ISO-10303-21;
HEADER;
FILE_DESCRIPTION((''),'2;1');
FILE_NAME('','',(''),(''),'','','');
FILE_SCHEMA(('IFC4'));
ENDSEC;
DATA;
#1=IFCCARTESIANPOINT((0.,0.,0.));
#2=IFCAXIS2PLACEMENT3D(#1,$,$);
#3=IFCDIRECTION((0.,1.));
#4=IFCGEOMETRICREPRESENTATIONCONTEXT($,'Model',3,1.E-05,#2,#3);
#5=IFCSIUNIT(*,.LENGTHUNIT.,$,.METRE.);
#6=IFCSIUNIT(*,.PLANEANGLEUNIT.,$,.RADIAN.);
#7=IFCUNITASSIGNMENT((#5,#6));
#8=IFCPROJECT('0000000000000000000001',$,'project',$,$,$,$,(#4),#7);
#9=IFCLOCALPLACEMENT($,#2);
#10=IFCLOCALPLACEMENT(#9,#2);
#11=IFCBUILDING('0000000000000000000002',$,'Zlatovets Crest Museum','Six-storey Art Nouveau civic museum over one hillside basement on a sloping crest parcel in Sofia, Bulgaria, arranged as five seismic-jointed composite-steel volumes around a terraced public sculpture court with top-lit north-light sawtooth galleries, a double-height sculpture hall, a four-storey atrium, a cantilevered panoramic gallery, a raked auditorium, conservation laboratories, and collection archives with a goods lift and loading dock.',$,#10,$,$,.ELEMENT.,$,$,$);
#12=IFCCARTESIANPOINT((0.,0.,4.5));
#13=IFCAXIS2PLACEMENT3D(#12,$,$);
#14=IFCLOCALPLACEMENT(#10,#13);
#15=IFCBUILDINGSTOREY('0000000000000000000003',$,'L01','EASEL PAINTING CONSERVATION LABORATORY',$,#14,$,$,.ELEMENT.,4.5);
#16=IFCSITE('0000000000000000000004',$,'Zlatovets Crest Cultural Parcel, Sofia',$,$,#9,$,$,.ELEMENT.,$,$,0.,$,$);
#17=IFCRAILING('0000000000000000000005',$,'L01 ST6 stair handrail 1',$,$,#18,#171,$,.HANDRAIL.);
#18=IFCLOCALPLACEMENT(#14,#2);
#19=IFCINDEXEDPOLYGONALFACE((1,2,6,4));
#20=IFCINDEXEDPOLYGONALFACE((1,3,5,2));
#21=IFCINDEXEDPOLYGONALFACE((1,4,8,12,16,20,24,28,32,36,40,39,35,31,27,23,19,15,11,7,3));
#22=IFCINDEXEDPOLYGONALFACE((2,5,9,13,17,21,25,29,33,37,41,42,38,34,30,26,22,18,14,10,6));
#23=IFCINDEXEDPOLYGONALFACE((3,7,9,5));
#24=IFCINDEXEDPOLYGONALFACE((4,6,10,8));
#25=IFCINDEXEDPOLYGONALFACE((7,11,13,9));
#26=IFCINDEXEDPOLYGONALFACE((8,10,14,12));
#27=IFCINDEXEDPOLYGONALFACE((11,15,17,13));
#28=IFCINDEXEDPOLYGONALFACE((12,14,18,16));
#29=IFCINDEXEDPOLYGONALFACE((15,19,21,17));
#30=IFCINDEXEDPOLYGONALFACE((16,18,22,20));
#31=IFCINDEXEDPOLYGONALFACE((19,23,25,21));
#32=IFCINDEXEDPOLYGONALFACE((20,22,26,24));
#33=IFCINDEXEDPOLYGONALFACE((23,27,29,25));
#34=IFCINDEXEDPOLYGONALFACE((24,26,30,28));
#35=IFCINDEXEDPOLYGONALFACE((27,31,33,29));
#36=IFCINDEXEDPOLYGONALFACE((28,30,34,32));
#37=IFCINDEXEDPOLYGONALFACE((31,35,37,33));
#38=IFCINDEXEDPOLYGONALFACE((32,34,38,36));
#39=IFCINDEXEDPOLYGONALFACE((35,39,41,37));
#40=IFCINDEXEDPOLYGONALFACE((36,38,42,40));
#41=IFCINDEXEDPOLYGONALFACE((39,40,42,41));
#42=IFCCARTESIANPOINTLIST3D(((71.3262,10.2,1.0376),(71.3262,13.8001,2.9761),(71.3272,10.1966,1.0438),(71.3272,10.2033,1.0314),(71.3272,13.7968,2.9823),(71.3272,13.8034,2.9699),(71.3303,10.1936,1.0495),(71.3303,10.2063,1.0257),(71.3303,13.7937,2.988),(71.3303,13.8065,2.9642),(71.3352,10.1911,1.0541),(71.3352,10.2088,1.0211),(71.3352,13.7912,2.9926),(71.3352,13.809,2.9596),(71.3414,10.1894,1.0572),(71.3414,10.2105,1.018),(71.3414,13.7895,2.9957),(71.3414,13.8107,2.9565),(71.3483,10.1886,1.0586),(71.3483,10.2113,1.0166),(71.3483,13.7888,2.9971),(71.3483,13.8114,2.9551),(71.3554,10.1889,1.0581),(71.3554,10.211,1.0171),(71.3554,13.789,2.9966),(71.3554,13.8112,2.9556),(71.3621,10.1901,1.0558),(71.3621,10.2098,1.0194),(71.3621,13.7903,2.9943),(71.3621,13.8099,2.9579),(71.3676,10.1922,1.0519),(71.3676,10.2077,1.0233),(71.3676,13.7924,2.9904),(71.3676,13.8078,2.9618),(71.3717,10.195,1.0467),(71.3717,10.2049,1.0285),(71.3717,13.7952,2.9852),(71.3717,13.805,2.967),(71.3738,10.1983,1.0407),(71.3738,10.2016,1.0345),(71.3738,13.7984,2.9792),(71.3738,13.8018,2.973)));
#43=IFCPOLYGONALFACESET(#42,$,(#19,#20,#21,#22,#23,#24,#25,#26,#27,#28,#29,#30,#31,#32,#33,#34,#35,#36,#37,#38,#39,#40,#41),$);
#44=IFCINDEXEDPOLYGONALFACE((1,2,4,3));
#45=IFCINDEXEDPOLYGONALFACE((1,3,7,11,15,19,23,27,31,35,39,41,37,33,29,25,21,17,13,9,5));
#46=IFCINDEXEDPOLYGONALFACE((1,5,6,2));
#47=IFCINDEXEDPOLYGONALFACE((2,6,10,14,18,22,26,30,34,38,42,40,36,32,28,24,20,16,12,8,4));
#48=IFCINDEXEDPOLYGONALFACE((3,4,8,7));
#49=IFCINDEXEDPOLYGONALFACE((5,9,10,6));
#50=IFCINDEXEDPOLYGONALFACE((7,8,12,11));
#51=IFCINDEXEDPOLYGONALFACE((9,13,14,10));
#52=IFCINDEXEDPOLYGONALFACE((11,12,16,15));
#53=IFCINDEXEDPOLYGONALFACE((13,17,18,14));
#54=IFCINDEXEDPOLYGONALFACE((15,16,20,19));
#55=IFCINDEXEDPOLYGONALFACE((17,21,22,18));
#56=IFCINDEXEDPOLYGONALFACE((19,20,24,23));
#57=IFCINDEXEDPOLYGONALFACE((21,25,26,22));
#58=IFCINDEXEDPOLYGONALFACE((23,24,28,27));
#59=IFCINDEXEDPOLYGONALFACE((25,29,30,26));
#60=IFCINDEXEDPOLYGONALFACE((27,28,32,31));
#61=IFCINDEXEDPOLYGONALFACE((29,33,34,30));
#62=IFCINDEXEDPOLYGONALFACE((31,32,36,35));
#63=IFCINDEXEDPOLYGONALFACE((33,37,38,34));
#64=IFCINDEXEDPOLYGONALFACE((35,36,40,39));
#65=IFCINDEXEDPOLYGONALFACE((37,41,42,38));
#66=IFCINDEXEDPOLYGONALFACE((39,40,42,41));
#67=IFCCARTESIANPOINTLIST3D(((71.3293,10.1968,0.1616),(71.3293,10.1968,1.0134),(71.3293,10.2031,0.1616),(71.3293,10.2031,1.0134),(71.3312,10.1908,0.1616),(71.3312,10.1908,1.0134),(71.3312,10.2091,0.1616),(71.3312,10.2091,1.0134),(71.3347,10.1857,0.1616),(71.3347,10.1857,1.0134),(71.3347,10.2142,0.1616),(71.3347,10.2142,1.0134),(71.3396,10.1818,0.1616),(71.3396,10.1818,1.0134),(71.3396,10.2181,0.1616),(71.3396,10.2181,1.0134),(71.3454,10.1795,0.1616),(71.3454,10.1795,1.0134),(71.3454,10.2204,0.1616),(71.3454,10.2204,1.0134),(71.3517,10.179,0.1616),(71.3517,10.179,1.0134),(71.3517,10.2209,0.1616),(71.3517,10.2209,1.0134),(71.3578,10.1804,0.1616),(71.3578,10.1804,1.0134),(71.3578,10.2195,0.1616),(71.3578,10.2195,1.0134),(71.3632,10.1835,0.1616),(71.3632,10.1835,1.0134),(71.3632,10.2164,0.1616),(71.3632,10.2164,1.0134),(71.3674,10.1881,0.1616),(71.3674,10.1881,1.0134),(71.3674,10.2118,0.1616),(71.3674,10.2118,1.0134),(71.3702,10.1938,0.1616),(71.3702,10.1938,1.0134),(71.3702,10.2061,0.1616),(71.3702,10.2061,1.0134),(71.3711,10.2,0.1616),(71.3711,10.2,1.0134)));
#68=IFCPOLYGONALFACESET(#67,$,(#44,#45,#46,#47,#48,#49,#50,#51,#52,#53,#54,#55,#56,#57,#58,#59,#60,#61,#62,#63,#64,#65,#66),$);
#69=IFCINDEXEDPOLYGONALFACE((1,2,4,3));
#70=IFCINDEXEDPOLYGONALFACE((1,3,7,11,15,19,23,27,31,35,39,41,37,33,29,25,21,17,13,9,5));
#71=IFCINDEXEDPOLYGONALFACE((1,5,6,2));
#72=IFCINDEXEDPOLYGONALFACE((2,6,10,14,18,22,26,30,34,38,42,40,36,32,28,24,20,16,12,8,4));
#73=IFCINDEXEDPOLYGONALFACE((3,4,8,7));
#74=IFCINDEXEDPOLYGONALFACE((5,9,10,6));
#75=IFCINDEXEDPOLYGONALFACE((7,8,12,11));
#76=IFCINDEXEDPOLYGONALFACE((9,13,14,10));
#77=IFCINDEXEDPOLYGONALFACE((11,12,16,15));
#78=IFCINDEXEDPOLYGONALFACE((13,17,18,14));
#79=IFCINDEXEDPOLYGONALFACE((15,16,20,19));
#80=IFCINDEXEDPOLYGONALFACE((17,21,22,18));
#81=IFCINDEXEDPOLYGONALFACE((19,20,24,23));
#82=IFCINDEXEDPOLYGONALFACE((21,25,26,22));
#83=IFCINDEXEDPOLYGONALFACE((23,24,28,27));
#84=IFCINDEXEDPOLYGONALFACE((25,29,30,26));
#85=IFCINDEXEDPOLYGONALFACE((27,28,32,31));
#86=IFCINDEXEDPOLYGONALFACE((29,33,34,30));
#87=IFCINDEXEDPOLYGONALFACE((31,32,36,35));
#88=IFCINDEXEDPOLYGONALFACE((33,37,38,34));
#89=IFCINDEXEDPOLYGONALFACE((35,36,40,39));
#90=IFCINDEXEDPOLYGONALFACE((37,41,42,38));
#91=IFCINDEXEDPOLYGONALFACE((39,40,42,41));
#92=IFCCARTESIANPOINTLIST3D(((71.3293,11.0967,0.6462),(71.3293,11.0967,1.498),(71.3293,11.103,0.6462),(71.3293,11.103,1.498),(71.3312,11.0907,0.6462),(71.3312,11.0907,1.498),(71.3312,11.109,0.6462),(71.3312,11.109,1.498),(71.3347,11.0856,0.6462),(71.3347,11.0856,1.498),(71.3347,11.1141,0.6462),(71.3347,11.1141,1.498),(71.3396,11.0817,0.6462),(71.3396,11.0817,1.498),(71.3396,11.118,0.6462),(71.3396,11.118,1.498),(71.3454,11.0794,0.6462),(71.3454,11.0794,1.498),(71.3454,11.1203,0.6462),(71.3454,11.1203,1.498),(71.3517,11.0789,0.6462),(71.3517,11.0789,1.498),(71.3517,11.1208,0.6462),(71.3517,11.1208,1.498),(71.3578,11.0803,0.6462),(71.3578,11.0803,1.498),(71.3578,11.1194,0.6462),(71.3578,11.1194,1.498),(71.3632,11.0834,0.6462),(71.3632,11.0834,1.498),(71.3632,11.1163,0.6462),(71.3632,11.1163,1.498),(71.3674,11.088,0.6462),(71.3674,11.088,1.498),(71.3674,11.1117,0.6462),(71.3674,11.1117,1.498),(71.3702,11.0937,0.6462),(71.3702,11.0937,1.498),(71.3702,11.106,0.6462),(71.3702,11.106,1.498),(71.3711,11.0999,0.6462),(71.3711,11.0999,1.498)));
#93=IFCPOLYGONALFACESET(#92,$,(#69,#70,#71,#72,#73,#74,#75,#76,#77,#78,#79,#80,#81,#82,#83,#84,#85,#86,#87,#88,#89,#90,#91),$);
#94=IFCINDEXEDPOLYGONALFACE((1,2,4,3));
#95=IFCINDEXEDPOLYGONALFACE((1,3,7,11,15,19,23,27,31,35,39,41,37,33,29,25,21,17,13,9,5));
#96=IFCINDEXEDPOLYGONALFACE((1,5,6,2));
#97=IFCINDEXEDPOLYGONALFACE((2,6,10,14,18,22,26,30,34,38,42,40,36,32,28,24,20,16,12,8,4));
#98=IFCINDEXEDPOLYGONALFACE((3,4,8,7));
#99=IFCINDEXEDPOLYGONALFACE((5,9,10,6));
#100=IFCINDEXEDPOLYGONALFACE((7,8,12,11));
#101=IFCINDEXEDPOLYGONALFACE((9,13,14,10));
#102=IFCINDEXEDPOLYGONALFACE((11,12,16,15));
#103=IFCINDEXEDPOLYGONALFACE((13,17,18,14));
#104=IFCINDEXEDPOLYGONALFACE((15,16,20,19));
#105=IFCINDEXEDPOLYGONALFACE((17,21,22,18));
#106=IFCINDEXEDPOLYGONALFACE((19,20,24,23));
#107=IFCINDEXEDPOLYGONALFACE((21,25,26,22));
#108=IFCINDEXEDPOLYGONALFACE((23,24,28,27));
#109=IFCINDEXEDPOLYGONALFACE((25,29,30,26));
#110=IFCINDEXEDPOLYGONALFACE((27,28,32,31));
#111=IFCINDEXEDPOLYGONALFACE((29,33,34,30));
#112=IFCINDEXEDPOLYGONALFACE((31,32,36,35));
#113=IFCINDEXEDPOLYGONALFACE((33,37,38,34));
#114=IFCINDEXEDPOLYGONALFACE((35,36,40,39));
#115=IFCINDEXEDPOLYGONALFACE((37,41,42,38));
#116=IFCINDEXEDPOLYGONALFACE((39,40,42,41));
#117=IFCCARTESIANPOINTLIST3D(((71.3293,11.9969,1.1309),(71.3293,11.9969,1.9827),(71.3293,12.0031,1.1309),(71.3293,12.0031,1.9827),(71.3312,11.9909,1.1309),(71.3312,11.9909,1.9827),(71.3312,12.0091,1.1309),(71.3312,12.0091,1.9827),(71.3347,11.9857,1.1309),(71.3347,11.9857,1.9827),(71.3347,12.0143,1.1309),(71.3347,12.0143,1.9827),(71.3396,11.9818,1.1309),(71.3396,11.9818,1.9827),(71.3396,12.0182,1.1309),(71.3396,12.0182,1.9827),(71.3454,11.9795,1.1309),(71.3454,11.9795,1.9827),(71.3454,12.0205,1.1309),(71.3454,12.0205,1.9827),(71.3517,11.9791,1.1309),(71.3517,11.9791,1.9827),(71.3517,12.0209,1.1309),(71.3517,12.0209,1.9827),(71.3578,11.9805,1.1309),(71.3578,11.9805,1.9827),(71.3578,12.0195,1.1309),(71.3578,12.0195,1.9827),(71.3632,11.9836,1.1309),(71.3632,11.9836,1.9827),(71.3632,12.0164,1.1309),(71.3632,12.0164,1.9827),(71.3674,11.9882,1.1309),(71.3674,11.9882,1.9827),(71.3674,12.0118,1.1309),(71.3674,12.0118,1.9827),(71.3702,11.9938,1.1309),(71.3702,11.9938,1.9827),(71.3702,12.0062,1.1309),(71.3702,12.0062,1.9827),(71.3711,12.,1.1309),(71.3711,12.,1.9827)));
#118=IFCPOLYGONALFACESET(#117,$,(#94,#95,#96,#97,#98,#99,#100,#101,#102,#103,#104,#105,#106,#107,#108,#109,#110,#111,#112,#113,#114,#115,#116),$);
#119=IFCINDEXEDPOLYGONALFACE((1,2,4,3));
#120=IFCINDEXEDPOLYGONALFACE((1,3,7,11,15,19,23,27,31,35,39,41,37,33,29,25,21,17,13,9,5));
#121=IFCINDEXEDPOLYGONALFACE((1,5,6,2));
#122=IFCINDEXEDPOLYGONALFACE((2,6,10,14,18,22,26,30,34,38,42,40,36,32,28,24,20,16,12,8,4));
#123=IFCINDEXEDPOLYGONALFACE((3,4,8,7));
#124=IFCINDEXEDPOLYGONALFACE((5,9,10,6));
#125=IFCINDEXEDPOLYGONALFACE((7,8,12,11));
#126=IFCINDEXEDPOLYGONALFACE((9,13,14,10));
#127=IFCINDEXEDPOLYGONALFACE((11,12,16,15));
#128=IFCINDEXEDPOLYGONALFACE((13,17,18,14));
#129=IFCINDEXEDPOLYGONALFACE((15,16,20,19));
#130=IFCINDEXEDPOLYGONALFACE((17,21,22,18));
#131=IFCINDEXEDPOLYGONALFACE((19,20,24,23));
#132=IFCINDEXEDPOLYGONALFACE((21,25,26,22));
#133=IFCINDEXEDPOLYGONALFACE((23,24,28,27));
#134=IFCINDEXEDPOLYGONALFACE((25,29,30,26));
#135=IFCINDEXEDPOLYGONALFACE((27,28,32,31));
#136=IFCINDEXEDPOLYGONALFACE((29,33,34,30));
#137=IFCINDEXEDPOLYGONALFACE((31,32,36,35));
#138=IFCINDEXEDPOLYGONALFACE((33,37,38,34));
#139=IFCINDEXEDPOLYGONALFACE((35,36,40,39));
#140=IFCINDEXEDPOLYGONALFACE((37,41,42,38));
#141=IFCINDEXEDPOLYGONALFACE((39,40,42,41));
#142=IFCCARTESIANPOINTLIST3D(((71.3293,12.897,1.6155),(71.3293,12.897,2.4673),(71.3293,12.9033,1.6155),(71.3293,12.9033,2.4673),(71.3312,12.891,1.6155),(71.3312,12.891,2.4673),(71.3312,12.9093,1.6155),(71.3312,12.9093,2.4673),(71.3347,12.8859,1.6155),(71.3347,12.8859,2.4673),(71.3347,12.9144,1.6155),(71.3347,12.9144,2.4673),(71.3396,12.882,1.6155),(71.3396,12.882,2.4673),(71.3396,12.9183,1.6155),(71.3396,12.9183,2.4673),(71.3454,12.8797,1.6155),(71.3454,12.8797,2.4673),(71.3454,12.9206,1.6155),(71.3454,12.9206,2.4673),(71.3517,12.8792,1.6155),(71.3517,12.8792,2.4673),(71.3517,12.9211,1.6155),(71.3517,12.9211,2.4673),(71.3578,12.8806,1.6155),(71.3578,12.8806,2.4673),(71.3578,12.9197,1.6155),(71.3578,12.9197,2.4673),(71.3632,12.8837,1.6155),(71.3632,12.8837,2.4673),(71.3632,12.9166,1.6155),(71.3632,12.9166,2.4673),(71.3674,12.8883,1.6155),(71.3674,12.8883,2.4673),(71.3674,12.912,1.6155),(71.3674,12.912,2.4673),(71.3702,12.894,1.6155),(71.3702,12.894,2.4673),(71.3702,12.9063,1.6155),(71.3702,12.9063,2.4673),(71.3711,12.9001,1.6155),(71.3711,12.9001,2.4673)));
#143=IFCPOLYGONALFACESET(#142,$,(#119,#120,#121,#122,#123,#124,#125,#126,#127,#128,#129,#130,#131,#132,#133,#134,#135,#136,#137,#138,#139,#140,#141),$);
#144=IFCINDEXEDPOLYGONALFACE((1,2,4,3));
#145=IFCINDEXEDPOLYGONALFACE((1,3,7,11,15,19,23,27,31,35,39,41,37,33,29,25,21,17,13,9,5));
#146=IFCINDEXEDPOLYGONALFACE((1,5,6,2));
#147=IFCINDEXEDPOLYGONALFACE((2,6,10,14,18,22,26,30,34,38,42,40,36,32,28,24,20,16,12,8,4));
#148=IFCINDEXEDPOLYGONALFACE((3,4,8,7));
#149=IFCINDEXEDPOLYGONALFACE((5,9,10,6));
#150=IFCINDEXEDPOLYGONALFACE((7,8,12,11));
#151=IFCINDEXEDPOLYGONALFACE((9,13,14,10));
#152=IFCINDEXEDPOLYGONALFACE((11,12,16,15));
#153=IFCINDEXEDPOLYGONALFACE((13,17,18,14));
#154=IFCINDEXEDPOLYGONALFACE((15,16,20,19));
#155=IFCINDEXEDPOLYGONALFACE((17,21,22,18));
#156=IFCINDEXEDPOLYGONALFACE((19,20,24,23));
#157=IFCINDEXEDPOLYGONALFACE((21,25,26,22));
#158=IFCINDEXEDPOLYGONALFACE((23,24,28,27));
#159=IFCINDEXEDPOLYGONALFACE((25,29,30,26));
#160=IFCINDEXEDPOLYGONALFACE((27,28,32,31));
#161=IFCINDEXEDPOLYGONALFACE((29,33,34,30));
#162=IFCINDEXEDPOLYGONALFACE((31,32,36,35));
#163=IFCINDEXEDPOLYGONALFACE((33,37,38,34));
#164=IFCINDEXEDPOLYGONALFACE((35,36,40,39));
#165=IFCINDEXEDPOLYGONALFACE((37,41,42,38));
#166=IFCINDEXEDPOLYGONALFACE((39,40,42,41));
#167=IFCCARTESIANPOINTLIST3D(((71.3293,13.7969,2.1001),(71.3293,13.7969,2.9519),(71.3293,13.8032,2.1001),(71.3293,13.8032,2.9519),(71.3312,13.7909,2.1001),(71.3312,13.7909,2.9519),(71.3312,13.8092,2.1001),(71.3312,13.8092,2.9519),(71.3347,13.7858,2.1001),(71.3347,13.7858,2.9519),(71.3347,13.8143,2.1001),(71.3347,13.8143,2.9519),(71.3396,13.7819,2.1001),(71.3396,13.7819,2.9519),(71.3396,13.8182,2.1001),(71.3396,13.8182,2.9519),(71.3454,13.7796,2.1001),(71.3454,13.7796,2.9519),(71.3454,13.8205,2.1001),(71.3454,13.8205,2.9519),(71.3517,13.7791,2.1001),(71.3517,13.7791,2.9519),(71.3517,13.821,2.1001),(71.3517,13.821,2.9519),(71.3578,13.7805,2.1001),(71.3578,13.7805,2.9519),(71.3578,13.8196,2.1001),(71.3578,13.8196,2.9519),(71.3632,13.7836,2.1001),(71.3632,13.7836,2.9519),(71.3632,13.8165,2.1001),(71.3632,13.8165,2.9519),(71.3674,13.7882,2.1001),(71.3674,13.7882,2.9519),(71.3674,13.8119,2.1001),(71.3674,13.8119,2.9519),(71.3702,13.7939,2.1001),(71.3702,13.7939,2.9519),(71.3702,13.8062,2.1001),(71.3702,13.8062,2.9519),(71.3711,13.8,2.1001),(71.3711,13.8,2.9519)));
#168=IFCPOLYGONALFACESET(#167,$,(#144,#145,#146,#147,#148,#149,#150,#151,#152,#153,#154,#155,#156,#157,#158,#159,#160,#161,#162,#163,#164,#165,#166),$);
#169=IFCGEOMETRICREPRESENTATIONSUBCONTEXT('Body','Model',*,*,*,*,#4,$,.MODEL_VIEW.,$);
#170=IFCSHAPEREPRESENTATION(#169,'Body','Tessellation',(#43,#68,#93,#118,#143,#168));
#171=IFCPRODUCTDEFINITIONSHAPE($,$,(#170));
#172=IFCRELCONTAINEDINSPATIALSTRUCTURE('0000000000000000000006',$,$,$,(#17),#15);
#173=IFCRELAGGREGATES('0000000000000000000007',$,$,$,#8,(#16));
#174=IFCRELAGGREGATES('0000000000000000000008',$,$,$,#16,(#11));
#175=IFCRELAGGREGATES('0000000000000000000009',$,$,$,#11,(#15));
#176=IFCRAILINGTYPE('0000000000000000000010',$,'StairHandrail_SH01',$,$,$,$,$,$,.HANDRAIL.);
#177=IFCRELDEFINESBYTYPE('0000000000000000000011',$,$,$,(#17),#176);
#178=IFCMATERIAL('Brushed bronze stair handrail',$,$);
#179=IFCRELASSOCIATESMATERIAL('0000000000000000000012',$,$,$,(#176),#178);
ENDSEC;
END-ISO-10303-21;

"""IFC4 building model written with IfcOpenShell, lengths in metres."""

from ifc_helpers import new_model, si_unit, direction, frame, origin, origin_2d, place, context, subcontext, project, spatial, circle, extrude, material, type_object, element, save


model = new_model("IFC4")

# Units and contexts
model_context = context("Model", 3, precision=1e-05, world=origin(), true_north=direction((0.0, 1.0)))
body_context = subcontext(model_context, "Body", "Model", "MODEL_VIEW")
ifc_project = project(units=[si_unit("LENGTHUNIT", "METRE"), si_unit("PLANEANGLEUNIT", "RADIAN")], contexts=[model_context])

# Site, building, storey
site_placement = place(None, origin())
site = spatial("IfcSite", under=ifc_project, at=site_placement, Name="Zlatovets Crest Cultural Parcel, Sofia", CompositionType="ELEMENT", RefElevation=0.0)
building_placement = place(site_placement, origin())
building = spatial("IfcBuilding", under=site, at=building_placement, Name="Zlatovets Crest Museum", Description="Six-storey Art Nouveau civic museum over one hillside basement on a sloping crest parcel in Sofia, Bulgaria, arranged as five seismic-jointed composite-steel volumes around a terraced public sculpture court with top-lit north-light sawtooth galleries, a double-height sculpture hall, a four-storey atrium, a cantilevered panoramic gallery, a raked auditorium, conservation laboratories, and collection archives with a goods lift and loading dock.", CompositionType="ELEMENT")
storey_placement = place(building_placement, frame((0.0, 0.0, 4.5)))
storey = spatial("IfcBuildingStorey", under=building, at=storey_placement, Name="L01", Description="EASEL PAINTING CONSERVATION LABORATORY", CompositionType="ELEMENT", Elevation=4.5)

# Railing
ifc_material_1 = material(Name="Brushed bronze stair handrail")
railing_type_1 = type_object("IfcRailingType", Name="StairHandrail_SH01", PredefinedType="HANDRAIL", material=ifc_material_1)
railing_1_placement = place(storey_placement, frame((71.3501, 10.2, 0.1616)))
element("IfcRailing", 1, at=railing_1_placement, inside=storey, type_object=railing_type_1, Name="L01 ST6 stair handrail 1", PredefinedType="HANDRAIL", context=body_context, shape_type="SweptSolid", body=[
    extrude(circle(Radius=0.0239, at=origin_2d()), frame((0.0, 0.0, 0.876), z_axis=(0.0, 0.880475, 0.474093), x_axis=(-1.0, 0.0, 0.0)), (0.0, 0.0, 1.0), 4.0889),
    extrude(circle(Radius=0.021, at=origin_2d()), origin(), (0.0, 0.0, 1.0), 0.8518),
    extrude(circle(Radius=0.021, at=origin_2d()), frame((0.0, 0.8999, 0.4846)), (0.0, 0.0, 1.0), 0.8518),
    extrude(circle(Radius=0.021, at=origin_2d()), frame((0.0, 1.8, 0.9692)), (0.0, 0.0, 1.0), 0.8518),
    extrude(circle(Radius=0.021, at=origin_2d()), frame((0.0, 2.7002, 1.4539)), (0.0, 0.0, 1.0), 0.8518),
    extrude(circle(Radius=0.021, at=origin_2d()), frame((0.0, 3.6001, 1.9385)), (0.0, 0.0, 1.0), 0.8518),
])

save(model, "model.ifc")
